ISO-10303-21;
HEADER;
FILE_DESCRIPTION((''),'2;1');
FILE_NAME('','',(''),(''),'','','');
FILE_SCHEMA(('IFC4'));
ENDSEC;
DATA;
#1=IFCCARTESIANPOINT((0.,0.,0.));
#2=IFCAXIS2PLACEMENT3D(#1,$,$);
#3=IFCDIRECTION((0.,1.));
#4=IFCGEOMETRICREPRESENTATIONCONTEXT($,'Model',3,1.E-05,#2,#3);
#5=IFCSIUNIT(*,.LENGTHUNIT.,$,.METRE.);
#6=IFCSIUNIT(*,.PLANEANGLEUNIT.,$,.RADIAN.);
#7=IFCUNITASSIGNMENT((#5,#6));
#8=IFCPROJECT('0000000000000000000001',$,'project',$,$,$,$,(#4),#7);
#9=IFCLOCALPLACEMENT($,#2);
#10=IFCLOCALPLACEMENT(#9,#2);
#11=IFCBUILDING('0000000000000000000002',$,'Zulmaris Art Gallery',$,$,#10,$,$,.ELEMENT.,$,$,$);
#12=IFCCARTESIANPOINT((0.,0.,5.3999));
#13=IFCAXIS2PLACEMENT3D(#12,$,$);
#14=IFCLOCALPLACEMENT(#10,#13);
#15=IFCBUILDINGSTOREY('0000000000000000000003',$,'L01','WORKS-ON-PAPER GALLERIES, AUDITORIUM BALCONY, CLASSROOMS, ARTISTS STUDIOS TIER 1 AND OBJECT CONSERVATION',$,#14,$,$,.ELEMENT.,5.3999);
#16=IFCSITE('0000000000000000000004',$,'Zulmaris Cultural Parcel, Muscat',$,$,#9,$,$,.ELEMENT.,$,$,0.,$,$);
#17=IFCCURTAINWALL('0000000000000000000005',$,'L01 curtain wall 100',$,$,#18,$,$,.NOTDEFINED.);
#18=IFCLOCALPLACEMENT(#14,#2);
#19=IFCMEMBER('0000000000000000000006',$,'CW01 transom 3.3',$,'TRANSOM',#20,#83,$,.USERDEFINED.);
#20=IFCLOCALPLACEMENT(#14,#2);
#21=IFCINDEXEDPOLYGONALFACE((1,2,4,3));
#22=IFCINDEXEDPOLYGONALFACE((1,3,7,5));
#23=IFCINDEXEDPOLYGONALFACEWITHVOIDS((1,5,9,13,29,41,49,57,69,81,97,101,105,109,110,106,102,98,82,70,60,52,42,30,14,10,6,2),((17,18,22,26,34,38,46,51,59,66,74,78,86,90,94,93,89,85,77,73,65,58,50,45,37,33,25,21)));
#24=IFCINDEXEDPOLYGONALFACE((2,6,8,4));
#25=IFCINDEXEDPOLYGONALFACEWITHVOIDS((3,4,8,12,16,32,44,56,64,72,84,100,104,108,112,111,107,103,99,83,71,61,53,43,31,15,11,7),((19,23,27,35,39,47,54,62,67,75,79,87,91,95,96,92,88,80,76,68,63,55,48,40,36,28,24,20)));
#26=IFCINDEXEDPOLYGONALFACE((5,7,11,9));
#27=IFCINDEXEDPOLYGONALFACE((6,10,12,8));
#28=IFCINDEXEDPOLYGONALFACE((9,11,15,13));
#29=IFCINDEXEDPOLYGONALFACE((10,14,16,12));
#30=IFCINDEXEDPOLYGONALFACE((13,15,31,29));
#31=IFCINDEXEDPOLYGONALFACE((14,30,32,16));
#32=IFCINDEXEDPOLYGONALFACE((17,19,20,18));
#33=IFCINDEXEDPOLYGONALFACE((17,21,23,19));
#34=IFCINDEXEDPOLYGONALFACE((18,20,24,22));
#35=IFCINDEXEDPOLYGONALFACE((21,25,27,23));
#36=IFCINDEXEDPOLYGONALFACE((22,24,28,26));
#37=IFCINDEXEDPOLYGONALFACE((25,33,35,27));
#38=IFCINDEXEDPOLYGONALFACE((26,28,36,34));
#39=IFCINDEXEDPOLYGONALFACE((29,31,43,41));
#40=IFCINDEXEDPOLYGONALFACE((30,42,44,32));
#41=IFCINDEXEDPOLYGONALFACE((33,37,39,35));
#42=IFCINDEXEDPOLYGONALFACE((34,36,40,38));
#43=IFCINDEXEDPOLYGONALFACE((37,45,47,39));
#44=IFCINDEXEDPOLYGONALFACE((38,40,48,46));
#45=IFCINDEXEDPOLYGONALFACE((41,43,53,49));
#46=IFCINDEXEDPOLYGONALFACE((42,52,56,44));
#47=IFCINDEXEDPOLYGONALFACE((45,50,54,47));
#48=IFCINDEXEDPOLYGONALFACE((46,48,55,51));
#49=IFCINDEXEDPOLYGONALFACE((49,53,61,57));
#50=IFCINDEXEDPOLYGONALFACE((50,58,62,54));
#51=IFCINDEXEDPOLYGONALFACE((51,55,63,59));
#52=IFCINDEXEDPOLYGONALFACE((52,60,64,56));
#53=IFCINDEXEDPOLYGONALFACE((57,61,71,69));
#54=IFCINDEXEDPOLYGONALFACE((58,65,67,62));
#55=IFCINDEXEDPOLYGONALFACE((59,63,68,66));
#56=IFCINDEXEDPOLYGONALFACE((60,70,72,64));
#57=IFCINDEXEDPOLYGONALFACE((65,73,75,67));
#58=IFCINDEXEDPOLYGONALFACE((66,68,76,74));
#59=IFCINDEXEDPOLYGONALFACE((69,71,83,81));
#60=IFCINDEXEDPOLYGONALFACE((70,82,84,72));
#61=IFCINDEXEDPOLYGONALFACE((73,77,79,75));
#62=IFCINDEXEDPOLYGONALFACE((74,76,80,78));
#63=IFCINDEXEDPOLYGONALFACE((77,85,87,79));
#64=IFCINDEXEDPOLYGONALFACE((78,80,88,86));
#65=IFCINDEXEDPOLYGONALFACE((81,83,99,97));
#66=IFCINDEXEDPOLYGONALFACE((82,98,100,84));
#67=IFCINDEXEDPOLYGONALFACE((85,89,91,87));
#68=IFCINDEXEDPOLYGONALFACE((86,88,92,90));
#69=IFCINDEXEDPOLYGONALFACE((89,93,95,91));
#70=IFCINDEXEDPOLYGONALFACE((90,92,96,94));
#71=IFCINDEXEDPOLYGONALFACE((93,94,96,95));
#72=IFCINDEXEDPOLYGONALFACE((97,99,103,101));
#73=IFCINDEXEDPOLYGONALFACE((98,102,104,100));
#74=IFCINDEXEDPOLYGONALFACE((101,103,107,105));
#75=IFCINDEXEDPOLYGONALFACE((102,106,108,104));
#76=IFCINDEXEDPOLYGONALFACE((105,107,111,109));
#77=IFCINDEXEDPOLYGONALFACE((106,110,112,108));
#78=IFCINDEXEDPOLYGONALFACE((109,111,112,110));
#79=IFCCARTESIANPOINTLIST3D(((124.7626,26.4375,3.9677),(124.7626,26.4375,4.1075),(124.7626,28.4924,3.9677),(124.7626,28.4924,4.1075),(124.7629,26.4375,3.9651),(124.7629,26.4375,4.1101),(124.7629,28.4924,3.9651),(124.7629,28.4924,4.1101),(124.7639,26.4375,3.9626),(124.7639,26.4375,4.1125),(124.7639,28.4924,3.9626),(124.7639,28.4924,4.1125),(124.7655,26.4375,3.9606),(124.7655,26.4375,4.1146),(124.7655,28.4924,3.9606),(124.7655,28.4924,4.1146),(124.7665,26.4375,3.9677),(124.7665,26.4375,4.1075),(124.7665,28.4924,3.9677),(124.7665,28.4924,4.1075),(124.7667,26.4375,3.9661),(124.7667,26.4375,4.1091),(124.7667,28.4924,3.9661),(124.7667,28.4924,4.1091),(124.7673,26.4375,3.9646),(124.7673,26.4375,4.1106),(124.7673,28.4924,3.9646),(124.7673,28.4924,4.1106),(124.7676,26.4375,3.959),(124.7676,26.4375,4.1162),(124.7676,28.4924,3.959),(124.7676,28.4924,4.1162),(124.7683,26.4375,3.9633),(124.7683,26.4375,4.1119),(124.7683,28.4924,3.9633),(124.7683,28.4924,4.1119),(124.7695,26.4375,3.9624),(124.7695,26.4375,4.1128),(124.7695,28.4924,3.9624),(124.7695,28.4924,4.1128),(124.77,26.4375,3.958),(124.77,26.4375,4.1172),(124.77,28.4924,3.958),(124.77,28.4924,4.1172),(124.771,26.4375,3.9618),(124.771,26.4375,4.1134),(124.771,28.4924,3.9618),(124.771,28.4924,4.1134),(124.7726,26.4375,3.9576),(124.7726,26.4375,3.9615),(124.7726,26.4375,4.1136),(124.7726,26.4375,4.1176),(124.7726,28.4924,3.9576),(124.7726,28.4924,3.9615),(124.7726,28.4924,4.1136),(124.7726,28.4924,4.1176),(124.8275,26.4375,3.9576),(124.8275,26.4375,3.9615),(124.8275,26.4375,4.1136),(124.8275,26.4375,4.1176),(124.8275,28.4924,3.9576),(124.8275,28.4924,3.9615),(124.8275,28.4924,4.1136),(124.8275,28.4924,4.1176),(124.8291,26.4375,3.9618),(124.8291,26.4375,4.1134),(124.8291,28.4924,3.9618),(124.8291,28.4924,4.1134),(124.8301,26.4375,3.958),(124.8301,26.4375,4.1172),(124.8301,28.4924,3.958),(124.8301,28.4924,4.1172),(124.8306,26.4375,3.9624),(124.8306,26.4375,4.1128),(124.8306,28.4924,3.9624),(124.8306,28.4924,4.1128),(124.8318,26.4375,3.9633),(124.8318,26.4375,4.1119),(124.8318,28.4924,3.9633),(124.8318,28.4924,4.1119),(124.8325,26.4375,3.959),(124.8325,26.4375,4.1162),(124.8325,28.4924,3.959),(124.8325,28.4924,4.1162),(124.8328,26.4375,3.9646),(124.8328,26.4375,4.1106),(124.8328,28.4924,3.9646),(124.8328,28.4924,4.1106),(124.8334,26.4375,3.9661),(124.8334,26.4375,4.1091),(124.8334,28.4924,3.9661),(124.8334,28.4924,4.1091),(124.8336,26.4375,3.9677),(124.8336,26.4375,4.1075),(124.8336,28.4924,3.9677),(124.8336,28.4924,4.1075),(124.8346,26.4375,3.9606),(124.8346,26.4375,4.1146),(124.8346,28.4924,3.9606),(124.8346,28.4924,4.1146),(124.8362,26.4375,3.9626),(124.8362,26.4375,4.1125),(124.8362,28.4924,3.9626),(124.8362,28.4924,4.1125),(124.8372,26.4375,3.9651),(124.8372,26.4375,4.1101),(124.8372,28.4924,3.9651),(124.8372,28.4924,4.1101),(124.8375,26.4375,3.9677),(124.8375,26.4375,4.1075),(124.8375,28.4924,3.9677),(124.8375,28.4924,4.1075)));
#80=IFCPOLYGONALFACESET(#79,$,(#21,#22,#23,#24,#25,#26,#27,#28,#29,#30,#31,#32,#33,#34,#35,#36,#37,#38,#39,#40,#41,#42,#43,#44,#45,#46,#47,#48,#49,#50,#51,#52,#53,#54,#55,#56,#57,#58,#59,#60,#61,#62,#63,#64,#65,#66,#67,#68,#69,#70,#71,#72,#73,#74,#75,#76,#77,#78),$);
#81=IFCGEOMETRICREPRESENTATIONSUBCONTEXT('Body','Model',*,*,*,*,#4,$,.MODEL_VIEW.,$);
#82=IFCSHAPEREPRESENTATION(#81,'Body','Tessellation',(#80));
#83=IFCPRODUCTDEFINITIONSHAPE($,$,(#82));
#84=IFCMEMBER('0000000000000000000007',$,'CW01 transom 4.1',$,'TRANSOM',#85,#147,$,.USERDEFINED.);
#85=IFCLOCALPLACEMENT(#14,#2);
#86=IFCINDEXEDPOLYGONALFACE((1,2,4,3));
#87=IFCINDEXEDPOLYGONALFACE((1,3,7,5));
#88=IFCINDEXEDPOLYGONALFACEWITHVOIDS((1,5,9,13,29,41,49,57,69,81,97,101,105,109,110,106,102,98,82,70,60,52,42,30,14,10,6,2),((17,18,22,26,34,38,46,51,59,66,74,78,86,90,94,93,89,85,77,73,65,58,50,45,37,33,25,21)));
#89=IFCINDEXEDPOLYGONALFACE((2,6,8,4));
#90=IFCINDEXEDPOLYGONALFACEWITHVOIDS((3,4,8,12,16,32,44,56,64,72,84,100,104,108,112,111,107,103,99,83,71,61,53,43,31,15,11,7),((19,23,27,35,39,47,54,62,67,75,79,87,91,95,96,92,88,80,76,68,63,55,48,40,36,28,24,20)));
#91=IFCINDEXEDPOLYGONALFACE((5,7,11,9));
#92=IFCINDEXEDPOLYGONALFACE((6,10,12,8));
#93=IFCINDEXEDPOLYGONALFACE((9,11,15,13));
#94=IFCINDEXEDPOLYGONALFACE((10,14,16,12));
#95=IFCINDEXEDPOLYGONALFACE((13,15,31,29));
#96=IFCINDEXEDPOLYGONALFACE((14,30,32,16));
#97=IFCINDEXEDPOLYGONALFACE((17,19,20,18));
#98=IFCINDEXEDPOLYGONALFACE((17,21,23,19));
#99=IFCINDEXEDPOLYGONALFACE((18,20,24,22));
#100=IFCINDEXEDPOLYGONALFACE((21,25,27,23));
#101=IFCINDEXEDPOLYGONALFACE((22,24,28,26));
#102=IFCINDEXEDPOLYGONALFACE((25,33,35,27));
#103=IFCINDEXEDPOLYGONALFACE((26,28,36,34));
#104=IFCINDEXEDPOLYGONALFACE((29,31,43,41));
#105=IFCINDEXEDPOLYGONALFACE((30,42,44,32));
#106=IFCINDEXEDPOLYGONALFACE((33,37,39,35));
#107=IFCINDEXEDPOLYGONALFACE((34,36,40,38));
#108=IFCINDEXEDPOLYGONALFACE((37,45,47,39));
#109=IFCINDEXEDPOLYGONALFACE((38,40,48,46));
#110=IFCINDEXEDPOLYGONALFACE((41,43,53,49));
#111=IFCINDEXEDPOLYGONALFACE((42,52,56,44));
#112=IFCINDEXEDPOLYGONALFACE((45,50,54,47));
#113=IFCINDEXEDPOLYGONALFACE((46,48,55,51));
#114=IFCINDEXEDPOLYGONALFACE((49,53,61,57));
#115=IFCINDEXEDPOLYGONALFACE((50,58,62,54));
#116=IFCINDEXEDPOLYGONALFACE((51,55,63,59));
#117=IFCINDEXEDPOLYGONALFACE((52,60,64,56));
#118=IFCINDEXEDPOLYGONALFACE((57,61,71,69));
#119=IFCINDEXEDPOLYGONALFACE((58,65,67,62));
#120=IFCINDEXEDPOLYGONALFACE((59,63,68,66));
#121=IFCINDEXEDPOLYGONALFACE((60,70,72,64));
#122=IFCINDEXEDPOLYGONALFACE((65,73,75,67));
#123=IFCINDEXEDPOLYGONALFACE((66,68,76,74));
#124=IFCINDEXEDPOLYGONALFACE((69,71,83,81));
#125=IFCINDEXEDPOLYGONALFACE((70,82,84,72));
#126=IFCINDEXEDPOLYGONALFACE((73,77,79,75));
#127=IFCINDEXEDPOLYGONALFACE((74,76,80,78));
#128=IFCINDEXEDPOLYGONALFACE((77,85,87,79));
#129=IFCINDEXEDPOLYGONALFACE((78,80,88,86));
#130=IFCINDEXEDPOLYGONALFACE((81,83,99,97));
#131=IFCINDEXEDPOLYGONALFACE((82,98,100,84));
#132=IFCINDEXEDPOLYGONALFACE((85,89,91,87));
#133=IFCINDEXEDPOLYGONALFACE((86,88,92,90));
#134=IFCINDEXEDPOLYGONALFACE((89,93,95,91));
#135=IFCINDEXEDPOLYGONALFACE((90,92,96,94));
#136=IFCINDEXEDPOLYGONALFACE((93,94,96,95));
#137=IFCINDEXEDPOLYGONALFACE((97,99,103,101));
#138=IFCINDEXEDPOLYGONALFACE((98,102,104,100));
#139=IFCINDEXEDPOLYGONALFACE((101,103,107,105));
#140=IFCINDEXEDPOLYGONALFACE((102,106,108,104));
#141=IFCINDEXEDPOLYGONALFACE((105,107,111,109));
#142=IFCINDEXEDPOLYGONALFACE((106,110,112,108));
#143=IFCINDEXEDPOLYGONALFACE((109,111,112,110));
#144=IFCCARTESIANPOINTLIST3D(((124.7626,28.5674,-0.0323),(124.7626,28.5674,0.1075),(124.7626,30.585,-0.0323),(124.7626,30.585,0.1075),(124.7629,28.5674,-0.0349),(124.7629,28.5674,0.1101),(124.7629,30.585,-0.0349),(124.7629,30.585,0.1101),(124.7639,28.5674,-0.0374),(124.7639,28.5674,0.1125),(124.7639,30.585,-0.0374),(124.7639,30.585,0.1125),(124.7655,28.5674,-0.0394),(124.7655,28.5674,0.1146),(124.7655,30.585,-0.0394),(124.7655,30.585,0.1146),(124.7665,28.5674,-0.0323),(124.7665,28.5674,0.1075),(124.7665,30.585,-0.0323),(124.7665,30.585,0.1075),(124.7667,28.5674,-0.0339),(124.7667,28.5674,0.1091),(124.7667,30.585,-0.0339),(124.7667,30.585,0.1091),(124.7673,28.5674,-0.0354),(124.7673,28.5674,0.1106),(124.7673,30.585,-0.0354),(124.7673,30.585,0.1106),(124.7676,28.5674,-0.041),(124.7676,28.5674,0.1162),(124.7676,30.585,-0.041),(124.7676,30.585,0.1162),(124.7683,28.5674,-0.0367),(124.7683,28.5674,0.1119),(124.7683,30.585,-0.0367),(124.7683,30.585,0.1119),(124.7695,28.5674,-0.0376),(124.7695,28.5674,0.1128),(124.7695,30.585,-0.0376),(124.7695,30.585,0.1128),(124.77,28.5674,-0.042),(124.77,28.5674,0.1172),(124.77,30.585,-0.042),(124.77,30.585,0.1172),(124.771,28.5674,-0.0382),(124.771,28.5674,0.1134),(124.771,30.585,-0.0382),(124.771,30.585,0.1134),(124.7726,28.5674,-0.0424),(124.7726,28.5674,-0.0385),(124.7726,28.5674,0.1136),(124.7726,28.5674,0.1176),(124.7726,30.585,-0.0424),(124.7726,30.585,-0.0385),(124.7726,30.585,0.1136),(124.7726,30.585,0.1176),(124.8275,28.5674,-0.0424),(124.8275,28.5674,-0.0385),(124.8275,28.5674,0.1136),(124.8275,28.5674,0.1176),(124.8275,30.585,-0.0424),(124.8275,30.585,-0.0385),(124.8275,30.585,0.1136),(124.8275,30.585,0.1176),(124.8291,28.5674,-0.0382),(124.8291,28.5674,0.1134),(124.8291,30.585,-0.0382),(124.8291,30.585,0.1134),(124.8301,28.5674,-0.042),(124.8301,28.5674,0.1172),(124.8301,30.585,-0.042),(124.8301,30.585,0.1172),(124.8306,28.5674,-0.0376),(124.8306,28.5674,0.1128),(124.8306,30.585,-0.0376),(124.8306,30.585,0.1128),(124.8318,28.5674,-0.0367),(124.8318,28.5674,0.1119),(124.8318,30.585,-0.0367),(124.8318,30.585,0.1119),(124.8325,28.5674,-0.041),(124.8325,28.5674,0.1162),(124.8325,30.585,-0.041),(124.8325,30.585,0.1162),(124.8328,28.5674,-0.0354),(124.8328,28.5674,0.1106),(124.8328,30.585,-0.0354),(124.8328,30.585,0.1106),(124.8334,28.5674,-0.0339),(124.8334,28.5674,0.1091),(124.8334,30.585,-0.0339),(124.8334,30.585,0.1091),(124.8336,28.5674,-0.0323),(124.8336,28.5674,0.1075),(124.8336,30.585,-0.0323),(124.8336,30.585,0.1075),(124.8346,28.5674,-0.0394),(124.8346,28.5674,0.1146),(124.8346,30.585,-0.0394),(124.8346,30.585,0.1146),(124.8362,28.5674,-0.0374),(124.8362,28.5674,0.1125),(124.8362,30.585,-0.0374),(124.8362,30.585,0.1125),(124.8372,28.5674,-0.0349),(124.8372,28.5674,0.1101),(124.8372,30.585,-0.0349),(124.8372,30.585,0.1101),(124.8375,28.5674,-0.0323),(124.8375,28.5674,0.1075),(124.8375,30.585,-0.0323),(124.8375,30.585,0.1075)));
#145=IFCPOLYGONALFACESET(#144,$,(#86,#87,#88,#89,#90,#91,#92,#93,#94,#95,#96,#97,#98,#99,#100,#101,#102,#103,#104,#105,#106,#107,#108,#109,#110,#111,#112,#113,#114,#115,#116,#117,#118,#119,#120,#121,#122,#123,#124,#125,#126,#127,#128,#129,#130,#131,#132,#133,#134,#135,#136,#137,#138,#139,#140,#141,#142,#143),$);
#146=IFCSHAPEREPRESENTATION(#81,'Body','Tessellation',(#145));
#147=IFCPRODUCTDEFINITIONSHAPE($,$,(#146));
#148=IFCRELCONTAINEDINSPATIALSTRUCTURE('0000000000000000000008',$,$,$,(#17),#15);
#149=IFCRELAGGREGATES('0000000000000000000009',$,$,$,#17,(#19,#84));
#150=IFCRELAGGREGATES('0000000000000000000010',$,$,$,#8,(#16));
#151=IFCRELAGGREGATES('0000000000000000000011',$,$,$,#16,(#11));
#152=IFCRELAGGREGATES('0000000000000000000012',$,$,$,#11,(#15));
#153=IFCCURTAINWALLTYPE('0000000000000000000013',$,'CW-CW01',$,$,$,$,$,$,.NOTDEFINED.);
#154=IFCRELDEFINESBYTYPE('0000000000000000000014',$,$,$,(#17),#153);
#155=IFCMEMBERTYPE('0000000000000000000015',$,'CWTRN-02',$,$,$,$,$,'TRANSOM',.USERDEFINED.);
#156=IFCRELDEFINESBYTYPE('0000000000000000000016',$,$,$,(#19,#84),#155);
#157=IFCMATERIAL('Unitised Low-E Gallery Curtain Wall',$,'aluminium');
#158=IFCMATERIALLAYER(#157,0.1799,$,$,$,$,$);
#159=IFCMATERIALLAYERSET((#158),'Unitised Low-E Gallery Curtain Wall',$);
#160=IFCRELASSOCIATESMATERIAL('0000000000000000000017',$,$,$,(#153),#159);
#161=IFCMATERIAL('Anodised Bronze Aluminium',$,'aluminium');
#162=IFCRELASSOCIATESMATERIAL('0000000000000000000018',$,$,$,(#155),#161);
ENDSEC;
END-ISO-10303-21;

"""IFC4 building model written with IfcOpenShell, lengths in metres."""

from ifc_helpers import new_model, si_unit, direction, frame, origin, origin_2d, place, context, subcontext, project, spatial, hollow_rectangle, extrude, material, layer, layer_set, material_profile, profile_set, type_object, element, aggregate, save


model = new_model("IFC4")

# Units and contexts
model_context = context("Model", 3, precision=1e-05, world=origin(), true_north=direction((0.0, 1.0)))
body_context = subcontext(model_context, "Body", "Model", "MODEL_VIEW")
ifc_project = project(units=[si_unit("LENGTHUNIT", "METRE"), si_unit("PLANEANGLEUNIT", "RADIAN")], contexts=[model_context])

# Site, building, storey
site_placement = place(None, origin())
site = spatial("IfcSite", under=ifc_project, at=site_placement, Name="Zulmaris Cultural Parcel, Muscat", CompositionType="ELEMENT", RefElevation=0.0)
building_placement = place(site_placement, origin())
building = spatial("IfcBuilding", under=site, at=building_placement, Name="Zulmaris Art Gallery", CompositionType="ELEMENT")
storey_placement = place(building_placement, frame((0.0, 0.0, 5.3999)))
storey = spatial("IfcBuildingStorey", under=building, at=storey_placement, Name="L01", Description="WORKS-ON-PAPER GALLERIES, AUDITORIUM BALCONY, CLASSROOMS, ARTISTS STUDIOS TIER 1 AND OBJECT CONSERVATION", CompositionType="ELEMENT", Elevation=5.3999)

# Curtain wall, members
ifc_material_1 = material(Name="Unitised Low-E Gallery Curtain Wall", Category="aluminium")
ifc_layer_1 = layer(ifc_material_1, 0.1799)
ifc_layer_set_1 = layer_set([ifc_layer_1], Name="Unitised Low-E Gallery Curtain Wall")
curtain_wall_type = type_object("IfcCurtainWallType", Name="CW-CW01", PredefinedType="NOTDEFINED", material=ifc_layer_set_1)
curtain_wall_placement = place(storey_placement, origin())
curtain_wall = element("IfcCurtainWall", 1, at=curtain_wall_placement, inside=storey, type_object=curtain_wall_type, Name="L01 curtain wall 100", PredefinedType="NOTDEFINED")
ifc_material_2 = material(Name="Anodised Bronze Aluminium", Category="aluminium")
ifc_material_profile_1 = material_profile(ifc_material_2, hollow_rectangle(XDim=0.075, YDim=0.1599, WallThickness=0.0039, InnerFilletRadius=0.0061, OuterFilletRadius=0.01, at=origin_2d()), Name="ALU 75x160x4")
ifc_profile_set_1 = profile_set([ifc_material_profile_1], Name="Anodised Bronze Aluminium")
member_type_1 = type_object("IfcMemberType", Name="CWTRN-02", ElementType="TRANSOM", PredefinedType="USERDEFINED", material=ifc_profile_set_1)
member_1_placement = place(storey_placement, frame((124.8, 26.4375, 4.0376), z_axis=(0.0, 1.0, 0.0), x_axis=(-1.0, 0.0, 0.0)))
member_1 = element("IfcMember", 2, at=member_1_placement, type_object=member_type_1, Name="CW01 transom 3.3", ObjectType="TRANSOM", PredefinedType="USERDEFINED", context=body_context, shape_type="SweptSolid", body=[
    extrude(hollow_rectangle(XDim=0.075, YDim=0.1599, WallThickness=0.0039, InnerFilletRadius=0.0061, OuterFilletRadius=0.01, at=origin_2d()), origin(), (0.0, 0.0, 1.0), 2.0549),
])
member_2_placement = place(storey_placement, frame((124.8, 28.5674, 0.0376), z_axis=(0.0, 1.0, 0.0), x_axis=(-1.0, 0.0, 0.0)))
member_2 = element("IfcMember", 3, at=member_2_placement, type_object=member_type_1, Name="CW01 transom 4.1", ObjectType="TRANSOM", PredefinedType="USERDEFINED", context=body_context, shape_type="SweptSolid", body=[
    extrude(hollow_rectangle(XDim=0.075, YDim=0.1599, WallThickness=0.0039, InnerFilletRadius=0.0061, OuterFilletRadius=0.01, at=origin_2d()), origin(), (0.0, 0.0, 1.0), 2.0176),
])
aggregate(curtain_wall, [member_1, member_2])

save(model, "model.ifc")
